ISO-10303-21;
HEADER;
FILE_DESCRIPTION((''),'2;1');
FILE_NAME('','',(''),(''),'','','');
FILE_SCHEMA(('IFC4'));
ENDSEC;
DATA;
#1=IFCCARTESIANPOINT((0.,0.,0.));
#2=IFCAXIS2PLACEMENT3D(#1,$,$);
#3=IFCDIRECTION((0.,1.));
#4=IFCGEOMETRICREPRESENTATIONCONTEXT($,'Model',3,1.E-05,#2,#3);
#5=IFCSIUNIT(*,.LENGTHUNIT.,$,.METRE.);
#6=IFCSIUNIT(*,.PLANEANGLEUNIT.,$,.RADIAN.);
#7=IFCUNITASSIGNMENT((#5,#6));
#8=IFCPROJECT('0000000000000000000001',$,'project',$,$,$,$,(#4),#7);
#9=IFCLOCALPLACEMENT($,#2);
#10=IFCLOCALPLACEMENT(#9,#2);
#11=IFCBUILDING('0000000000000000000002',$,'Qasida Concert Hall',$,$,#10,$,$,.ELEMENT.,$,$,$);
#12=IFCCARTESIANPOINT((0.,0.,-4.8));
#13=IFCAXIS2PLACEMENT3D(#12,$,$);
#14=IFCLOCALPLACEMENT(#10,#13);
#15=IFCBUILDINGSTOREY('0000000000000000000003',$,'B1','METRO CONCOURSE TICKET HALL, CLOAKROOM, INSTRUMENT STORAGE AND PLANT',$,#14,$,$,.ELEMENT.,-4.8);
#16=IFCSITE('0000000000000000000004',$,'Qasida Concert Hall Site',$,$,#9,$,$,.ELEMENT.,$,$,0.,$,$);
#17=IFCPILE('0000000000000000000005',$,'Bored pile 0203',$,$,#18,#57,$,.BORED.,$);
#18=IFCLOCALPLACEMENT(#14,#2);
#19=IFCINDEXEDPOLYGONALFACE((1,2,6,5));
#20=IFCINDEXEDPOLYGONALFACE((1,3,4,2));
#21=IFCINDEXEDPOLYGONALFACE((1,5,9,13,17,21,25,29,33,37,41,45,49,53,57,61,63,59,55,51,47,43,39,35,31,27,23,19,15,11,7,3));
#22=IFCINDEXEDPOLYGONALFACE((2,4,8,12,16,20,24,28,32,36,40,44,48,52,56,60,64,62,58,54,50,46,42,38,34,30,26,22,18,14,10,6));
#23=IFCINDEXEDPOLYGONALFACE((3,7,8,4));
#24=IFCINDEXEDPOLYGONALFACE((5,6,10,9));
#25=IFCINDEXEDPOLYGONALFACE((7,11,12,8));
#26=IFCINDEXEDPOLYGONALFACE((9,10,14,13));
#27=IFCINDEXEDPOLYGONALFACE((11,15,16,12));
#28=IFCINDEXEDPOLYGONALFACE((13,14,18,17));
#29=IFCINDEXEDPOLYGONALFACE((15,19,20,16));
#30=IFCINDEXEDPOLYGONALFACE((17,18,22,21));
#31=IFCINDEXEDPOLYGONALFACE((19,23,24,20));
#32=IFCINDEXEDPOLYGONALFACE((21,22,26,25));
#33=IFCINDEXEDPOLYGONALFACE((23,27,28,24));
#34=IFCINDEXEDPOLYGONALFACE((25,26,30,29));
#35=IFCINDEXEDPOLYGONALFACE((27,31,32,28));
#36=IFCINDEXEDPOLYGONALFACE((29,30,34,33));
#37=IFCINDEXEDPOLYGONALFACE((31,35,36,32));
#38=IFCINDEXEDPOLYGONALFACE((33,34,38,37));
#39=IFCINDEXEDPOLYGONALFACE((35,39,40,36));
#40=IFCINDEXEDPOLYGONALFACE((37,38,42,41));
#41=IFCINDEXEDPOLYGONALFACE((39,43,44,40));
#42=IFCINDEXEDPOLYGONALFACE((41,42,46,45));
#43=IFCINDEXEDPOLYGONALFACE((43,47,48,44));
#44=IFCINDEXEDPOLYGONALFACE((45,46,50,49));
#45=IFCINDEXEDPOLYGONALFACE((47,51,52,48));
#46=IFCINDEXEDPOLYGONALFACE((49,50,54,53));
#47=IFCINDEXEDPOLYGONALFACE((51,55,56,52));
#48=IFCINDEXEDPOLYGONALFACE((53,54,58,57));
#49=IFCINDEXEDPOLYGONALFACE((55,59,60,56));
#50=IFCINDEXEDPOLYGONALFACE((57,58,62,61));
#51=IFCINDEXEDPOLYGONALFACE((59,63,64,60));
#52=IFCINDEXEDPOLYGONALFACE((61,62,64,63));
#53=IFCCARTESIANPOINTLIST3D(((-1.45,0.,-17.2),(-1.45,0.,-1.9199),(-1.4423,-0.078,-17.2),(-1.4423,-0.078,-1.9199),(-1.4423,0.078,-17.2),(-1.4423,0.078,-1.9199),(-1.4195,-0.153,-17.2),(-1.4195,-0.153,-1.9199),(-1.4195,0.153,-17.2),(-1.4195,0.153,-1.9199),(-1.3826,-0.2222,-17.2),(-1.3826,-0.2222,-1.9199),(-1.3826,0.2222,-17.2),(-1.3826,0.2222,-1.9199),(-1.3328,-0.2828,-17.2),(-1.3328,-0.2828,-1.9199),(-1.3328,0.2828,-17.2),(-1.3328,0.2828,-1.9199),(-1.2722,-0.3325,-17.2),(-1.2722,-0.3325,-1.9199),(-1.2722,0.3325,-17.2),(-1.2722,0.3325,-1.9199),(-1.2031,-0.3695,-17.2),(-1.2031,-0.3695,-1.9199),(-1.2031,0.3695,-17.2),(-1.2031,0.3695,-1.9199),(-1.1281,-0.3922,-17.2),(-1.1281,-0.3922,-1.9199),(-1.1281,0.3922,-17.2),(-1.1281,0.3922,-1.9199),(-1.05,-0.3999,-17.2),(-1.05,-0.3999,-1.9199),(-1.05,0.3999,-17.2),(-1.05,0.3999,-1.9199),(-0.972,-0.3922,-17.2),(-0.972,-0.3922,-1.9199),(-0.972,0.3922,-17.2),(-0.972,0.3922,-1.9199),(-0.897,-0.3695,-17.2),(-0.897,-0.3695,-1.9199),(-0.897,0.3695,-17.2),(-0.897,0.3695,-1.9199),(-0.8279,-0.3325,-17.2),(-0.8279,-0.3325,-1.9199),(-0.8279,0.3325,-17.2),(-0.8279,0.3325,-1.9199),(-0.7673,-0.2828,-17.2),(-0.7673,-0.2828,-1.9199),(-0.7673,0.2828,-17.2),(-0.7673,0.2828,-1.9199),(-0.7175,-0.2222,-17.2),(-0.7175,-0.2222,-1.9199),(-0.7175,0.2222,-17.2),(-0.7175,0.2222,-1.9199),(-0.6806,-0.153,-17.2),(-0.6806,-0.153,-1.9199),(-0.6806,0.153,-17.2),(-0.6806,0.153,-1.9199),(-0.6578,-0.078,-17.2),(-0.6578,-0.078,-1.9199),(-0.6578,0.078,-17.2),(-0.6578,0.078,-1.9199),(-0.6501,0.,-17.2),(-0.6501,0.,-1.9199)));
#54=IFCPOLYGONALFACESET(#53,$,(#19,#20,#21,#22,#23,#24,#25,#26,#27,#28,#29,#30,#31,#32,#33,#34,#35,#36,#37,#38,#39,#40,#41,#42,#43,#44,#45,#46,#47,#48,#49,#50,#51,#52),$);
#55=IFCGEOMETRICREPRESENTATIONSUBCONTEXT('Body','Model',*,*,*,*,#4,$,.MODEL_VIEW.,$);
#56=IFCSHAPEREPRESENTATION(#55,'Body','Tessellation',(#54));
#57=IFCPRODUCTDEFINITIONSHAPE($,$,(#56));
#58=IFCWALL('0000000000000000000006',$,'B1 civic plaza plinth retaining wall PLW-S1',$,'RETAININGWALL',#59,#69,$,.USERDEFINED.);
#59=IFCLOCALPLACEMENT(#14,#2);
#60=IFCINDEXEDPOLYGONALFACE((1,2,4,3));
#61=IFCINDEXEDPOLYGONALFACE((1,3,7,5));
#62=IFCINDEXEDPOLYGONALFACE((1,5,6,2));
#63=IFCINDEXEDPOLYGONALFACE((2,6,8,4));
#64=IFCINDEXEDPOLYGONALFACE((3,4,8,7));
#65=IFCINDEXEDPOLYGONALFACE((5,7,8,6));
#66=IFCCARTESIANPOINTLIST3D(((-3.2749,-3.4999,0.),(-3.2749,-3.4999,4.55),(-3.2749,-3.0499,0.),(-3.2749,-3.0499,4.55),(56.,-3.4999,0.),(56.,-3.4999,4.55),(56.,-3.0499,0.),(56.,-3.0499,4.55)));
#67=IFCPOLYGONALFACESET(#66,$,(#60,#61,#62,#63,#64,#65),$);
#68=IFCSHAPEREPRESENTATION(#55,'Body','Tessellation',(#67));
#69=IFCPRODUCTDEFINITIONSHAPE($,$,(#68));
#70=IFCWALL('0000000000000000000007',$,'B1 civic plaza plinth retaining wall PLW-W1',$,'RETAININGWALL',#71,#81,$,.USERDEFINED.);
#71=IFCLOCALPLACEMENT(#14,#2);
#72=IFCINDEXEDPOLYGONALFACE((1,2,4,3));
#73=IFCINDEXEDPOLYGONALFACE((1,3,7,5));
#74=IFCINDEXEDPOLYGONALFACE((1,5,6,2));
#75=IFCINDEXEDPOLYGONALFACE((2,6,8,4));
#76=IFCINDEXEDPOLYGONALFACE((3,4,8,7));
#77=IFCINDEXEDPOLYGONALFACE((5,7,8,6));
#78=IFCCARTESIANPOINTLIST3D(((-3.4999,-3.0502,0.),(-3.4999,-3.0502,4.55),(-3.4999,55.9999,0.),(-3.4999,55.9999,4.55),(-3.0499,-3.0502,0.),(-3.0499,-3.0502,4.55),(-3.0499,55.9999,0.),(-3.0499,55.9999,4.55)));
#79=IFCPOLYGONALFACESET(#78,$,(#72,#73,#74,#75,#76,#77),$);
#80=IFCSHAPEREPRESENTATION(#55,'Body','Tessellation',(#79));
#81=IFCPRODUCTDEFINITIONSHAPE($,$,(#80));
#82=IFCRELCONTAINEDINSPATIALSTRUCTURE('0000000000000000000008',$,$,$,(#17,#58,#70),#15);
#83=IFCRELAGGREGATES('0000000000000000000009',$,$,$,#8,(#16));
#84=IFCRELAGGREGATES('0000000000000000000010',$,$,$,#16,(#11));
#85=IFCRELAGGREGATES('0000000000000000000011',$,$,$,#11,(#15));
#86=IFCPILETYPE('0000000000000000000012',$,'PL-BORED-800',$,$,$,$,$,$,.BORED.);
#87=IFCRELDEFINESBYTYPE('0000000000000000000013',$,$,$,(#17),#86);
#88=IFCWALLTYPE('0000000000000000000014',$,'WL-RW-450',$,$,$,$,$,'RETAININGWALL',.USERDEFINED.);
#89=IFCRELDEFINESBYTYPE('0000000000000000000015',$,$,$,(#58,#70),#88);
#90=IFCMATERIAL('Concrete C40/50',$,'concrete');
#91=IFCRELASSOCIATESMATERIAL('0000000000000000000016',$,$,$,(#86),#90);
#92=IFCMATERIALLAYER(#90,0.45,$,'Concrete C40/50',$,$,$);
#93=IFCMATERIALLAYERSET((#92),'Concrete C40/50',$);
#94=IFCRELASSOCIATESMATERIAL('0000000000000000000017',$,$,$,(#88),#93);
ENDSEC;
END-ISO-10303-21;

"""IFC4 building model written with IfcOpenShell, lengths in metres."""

from ifc_helpers import new_model, si_unit, direction, frame, frame_2d, origin, origin_2d, place, context, subcontext, project, spatial, rectangle, circle, extrude, material, layer, layer_set, material_profile, profile_set, type_object, element, save


model = new_model("IFC4")

# Units and contexts
model_context = context("Model", 3, precision=1e-05, world=origin(), true_north=direction((0.0, 1.0)))
body_context = subcontext(model_context, "Body", "Model", "MODEL_VIEW")
ifc_project = project(units=[si_unit("LENGTHUNIT", "METRE"), si_unit("PLANEANGLEUNIT", "RADIAN")], contexts=[model_context])

# Site, building, storey
site_placement = place(None, origin())
site = spatial("IfcSite", under=ifc_project, at=site_placement, Name="Qasida Concert Hall Site", CompositionType="ELEMENT", RefElevation=0.0)
building_placement = place(site_placement, origin())
building = spatial("IfcBuilding", under=site, at=building_placement, Name="Qasida Concert Hall", CompositionType="ELEMENT")
storey_placement = place(building_placement, frame((0.0, 0.0, -4.8)))
storey = spatial("IfcBuildingStorey", under=building, at=storey_placement, Name="B1", Description="METRO CONCOURSE TICKET HALL, CLOAKROOM, INSTRUMENT STORAGE AND PLANT", CompositionType="ELEMENT", Elevation=-4.8)

# Shared definitions
ifc_material = material(Name="Concrete C40/50", Category="concrete")

# Pile
ifc_material_profile = material_profile(ifc_material, circle(Radius=0.3999, at=origin_2d()), Name="BORED PILE D800")
ifc_profile_set = profile_set([ifc_material_profile], Name="Concrete C40/50")
pile_type = type_object("IfcPileType", Name="PL-BORED-800", PredefinedType="BORED", material=ifc_profile_set)
pile_placement = place(storey_placement, frame((-1.05, 0.0, -1.9199), z_axis=(0.0, 0.0, -1.0), x_axis=(1.0, 0.0, 0.0)))
element("IfcPile", 1, at=pile_placement, inside=storey, type_object=pile_type, Name="Bored pile 0203", PredefinedType="BORED", context=body_context, shape_type="SweptSolid", body=[
    extrude(circle(Radius=0.3999, at=origin_2d()), origin(), (0.0, 0.0, 1.0), 15.28),
])

# Walls
ifc_layer = layer(ifc_material, 0.45, Name="Concrete C40/50")
ifc_layer_set = layer_set([ifc_layer], Name="Concrete C40/50")
wall_type = type_object("IfcWallType", Name="WL-RW-450", ElementType="RETAININGWALL", PredefinedType="USERDEFINED", material=ifc_layer_set)
wall_1_placement = place(storey_placement, frame((-3.2749, -3.2749, 0.0), z_axis=(0.0, 0.0, 1.0), x_axis=(1.0, 0.0, 0.0)))
element("IfcWall", 2, at=wall_1_placement, inside=storey, type_object=wall_type, Name="B1 civic plaza plinth retaining wall PLW-S1", ObjectType="RETAININGWALL", PredefinedType="USERDEFINED", context=body_context, shape_type="SweptSolid", body=[
    extrude(rectangle(XDim=59.2749, YDim=0.45, at=frame_2d((29.6375, 0.0))), origin(), (0.0, 0.0, 1.0), 4.55),
])
wall_2_placement = place(storey_placement, frame((-3.2749, -3.05, 0.0), z_axis=(0.0, 0.0, 1.0), x_axis=(0.0, 1.0, 0.0)))
element("IfcWall", 3, at=wall_2_placement, inside=storey, type_object=wall_type, Name="B1 civic plaza plinth retaining wall PLW-W1", ObjectType="RETAININGWALL", PredefinedType="USERDEFINED", context=body_context, shape_type="SweptSolid", body=[
    extrude(rectangle(XDim=59.05, YDim=0.45, at=frame_2d((29.5249, 0.0))), origin(), (0.0, 0.0, 1.0), 4.55),
])

save(model, "model.ifc")
